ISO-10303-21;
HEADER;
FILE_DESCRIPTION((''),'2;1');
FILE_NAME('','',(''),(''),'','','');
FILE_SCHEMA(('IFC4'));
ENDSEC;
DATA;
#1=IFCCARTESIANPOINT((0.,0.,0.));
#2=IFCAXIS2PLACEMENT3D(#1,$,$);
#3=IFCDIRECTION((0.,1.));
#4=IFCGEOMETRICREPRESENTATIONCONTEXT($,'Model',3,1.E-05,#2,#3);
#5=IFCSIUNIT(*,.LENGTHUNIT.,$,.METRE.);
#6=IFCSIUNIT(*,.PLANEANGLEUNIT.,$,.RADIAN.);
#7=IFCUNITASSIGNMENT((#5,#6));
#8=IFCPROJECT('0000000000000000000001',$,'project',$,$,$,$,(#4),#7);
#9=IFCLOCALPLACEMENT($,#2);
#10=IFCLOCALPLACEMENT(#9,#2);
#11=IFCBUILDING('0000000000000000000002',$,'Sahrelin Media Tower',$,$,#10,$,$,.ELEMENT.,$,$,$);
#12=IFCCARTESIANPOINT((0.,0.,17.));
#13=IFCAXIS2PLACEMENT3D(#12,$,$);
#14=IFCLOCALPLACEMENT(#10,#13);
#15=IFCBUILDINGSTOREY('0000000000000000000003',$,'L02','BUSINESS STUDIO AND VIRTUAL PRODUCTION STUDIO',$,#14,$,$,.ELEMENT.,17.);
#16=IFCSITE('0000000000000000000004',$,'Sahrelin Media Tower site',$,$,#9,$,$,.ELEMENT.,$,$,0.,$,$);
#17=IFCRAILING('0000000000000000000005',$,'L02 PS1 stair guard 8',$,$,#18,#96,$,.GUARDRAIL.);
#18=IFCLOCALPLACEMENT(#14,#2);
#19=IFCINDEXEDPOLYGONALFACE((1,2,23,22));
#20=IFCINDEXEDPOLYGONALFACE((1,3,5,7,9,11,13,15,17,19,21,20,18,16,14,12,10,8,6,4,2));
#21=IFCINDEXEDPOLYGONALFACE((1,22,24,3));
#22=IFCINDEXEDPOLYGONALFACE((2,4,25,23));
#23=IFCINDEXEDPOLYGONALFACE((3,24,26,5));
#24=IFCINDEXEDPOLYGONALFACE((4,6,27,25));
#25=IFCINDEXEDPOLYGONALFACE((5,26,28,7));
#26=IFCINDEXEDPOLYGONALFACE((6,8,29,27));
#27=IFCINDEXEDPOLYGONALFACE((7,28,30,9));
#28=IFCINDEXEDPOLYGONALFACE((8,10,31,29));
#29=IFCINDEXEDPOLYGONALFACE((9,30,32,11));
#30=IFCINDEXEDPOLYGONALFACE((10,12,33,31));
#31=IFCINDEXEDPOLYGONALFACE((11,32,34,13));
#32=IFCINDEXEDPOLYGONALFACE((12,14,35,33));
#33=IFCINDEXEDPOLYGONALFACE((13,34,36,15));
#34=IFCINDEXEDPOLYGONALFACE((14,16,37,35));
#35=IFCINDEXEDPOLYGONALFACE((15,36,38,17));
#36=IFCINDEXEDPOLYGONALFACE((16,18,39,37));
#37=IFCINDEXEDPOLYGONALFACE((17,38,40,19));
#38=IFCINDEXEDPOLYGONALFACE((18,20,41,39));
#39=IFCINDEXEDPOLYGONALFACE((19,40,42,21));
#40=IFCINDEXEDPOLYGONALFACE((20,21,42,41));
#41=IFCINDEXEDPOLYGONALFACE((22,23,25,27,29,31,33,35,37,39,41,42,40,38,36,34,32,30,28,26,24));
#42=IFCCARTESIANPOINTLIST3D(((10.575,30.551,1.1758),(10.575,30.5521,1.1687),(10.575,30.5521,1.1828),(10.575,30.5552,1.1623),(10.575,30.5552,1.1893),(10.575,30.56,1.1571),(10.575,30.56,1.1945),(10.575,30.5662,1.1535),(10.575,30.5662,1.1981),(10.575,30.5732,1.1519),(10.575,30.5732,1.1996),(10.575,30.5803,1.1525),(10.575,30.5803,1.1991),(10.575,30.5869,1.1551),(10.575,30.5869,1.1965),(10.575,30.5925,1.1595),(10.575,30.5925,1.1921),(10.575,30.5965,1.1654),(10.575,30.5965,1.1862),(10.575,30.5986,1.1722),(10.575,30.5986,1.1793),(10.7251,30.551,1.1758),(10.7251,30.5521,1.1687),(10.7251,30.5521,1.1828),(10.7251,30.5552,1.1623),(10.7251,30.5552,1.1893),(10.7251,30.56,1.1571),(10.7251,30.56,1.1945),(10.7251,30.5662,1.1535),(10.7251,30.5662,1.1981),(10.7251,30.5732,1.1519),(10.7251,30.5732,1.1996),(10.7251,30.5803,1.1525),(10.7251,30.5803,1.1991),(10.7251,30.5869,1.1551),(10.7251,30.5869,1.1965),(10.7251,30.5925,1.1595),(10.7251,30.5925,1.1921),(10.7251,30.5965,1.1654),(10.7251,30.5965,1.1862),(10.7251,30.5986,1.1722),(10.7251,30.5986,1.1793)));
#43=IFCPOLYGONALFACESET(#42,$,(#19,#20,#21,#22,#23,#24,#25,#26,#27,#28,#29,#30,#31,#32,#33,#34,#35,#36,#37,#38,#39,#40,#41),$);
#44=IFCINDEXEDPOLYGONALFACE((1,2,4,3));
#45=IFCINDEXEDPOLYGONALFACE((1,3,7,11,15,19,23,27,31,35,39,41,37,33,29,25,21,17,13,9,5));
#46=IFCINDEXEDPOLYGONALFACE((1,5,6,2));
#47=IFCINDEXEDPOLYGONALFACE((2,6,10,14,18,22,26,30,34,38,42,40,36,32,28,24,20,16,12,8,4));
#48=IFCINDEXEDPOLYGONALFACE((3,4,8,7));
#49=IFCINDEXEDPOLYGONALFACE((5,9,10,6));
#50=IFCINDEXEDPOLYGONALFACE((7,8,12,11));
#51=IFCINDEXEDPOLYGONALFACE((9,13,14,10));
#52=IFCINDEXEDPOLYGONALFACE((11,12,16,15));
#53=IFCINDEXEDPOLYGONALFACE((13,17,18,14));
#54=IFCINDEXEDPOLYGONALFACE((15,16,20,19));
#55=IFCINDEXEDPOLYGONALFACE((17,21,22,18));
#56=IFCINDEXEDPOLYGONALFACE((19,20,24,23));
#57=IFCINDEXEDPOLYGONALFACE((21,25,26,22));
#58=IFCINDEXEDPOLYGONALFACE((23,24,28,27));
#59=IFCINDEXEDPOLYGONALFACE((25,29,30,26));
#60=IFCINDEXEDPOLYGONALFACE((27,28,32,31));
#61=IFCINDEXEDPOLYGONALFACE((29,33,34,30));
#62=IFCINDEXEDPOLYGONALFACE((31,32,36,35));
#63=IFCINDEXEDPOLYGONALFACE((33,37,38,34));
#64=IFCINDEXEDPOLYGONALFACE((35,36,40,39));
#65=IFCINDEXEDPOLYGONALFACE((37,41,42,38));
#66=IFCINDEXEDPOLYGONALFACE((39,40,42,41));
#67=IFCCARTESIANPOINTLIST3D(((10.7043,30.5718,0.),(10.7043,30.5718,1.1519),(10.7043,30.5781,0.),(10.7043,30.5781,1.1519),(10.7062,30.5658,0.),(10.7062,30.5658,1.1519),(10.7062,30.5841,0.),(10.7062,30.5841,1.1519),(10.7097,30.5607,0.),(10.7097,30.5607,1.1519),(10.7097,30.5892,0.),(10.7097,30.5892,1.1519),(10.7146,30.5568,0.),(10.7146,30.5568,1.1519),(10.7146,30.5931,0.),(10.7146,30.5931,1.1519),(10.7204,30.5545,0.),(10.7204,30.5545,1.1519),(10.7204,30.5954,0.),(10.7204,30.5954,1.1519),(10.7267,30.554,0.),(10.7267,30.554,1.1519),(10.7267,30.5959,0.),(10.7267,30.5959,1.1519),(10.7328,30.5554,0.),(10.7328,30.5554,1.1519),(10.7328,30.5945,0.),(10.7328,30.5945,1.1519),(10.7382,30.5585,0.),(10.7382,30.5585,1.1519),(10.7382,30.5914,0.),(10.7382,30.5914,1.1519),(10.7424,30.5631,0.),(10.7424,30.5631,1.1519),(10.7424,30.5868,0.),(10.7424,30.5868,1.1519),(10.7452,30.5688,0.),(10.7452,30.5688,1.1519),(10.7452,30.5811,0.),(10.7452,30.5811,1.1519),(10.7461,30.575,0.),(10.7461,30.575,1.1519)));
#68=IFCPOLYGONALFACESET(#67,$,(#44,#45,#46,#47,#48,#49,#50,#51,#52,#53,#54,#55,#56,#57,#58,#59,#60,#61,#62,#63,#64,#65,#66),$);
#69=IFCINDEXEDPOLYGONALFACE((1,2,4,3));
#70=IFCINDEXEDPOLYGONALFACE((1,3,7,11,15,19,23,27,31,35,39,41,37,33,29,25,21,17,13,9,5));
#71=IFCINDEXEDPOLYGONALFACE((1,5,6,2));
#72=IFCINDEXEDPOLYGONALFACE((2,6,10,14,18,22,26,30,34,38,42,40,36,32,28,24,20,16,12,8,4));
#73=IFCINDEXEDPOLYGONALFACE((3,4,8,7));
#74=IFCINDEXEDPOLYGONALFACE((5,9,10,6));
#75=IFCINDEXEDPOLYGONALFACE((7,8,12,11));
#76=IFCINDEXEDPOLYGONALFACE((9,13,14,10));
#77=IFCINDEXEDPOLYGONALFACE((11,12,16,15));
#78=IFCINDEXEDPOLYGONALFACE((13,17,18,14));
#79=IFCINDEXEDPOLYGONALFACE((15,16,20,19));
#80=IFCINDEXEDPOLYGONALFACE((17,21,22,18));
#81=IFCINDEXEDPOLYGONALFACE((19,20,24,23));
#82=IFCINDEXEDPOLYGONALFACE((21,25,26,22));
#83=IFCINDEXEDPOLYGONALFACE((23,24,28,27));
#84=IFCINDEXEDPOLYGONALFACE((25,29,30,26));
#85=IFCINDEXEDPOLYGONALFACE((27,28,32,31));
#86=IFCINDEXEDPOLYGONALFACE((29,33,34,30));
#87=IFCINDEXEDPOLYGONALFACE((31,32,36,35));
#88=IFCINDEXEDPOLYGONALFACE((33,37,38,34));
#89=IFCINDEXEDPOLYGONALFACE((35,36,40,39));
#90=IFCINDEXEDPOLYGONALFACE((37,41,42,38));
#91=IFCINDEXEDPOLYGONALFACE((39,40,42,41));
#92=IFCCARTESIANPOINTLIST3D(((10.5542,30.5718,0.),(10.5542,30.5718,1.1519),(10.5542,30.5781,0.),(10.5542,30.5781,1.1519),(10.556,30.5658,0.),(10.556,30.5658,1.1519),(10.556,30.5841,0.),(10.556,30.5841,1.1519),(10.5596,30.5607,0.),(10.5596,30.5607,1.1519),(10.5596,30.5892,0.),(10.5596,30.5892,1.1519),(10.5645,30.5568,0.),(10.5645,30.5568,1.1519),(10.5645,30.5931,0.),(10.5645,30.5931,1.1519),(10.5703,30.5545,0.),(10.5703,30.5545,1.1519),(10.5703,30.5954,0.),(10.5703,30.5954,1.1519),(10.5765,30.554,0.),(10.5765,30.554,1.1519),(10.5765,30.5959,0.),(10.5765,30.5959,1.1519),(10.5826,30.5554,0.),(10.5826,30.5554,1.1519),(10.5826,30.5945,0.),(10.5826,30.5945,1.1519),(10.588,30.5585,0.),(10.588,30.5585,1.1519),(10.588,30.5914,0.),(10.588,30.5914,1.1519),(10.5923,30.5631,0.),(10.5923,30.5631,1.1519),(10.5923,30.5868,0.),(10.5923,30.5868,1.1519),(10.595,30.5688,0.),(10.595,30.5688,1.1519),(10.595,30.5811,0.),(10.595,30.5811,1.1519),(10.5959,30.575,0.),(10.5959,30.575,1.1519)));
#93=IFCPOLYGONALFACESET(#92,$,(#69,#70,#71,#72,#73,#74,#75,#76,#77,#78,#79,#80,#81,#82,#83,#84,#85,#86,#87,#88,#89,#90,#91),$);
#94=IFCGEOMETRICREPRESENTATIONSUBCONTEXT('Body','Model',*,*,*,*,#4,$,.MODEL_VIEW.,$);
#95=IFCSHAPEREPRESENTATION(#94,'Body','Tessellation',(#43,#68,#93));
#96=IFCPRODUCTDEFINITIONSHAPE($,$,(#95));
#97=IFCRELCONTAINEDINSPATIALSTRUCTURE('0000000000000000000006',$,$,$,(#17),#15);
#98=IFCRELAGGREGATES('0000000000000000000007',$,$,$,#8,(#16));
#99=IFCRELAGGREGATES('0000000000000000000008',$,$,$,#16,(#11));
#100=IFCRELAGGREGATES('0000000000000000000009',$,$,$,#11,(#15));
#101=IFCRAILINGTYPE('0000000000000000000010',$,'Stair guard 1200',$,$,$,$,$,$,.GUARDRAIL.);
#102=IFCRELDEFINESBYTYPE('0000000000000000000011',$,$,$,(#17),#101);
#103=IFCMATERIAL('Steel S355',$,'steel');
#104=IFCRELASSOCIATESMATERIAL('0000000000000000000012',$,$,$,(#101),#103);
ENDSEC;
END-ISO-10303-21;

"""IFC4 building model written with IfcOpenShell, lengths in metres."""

from ifc_helpers import new_model, si_unit, direction, frame, origin, origin_2d, place, context, subcontext, project, spatial, circle, extrude, material, type_object, element, save


model = new_model("IFC4")

# Units and contexts
model_context = context("Model", 3, precision=1e-05, world=origin(), true_north=direction((0.0, 1.0)))
body_context = subcontext(model_context, "Body", "Model", "MODEL_VIEW")
ifc_project = project(units=[si_unit("LENGTHUNIT", "METRE"), si_unit("PLANEANGLEUNIT", "RADIAN")], contexts=[model_context])

# Site, building, storey
site_placement = place(None, origin())
site = spatial("IfcSite", under=ifc_project, at=site_placement, Name="Sahrelin Media Tower site", CompositionType="ELEMENT", RefElevation=0.0)
building_placement = place(site_placement, origin())
building = spatial("IfcBuilding", under=site, at=building_placement, Name="Sahrelin Media Tower", CompositionType="ELEMENT")
storey_placement = place(building_placement, frame((0.0, 0.0, 17.0)))
storey = spatial("IfcBuildingStorey", under=building, at=storey_placement, Name="L02", Description="BUSINESS STUDIO AND VIRTUAL PRODUCTION STUDIO", CompositionType="ELEMENT", Elevation=17.0)

# Shared definitions
ifc_material_1 = material(Name="Steel S355", Category="steel")

# Railing
railing_type_1 = type_object("IfcRailingType", Name="Stair guard 1200", PredefinedType="GUARDRAIL", material=ifc_material_1)
railing_1_placement = place(storey_placement, frame((10.7251, 30.575, 0.0)))
element("IfcRailing", 1, at=railing_1_placement, inside=storey, type_object=railing_type_1, Name="L02 PS1 stair guard 8", PredefinedType="GUARDRAIL", context=body_context, shape_type="SweptSolid", body=[
    extrude(circle(Radius=0.0239, at=origin_2d()), frame((0.0, 0.0, 1.1758), z_axis=(-1.0, 0.0, 0.0), x_axis=(0.0, -1.0, 0.0)), (0.0, 0.0, 1.0), 0.1501),
    extrude(circle(Radius=0.021, at=origin_2d()), origin(), (0.0, 0.0, 1.0), 1.1519),
    extrude(circle(Radius=0.021, at=origin_2d()), frame((-0.1501, 0.0, 0.0)), (0.0, 0.0, 1.0), 1.1519),
])

save(model, "model.ifc")
